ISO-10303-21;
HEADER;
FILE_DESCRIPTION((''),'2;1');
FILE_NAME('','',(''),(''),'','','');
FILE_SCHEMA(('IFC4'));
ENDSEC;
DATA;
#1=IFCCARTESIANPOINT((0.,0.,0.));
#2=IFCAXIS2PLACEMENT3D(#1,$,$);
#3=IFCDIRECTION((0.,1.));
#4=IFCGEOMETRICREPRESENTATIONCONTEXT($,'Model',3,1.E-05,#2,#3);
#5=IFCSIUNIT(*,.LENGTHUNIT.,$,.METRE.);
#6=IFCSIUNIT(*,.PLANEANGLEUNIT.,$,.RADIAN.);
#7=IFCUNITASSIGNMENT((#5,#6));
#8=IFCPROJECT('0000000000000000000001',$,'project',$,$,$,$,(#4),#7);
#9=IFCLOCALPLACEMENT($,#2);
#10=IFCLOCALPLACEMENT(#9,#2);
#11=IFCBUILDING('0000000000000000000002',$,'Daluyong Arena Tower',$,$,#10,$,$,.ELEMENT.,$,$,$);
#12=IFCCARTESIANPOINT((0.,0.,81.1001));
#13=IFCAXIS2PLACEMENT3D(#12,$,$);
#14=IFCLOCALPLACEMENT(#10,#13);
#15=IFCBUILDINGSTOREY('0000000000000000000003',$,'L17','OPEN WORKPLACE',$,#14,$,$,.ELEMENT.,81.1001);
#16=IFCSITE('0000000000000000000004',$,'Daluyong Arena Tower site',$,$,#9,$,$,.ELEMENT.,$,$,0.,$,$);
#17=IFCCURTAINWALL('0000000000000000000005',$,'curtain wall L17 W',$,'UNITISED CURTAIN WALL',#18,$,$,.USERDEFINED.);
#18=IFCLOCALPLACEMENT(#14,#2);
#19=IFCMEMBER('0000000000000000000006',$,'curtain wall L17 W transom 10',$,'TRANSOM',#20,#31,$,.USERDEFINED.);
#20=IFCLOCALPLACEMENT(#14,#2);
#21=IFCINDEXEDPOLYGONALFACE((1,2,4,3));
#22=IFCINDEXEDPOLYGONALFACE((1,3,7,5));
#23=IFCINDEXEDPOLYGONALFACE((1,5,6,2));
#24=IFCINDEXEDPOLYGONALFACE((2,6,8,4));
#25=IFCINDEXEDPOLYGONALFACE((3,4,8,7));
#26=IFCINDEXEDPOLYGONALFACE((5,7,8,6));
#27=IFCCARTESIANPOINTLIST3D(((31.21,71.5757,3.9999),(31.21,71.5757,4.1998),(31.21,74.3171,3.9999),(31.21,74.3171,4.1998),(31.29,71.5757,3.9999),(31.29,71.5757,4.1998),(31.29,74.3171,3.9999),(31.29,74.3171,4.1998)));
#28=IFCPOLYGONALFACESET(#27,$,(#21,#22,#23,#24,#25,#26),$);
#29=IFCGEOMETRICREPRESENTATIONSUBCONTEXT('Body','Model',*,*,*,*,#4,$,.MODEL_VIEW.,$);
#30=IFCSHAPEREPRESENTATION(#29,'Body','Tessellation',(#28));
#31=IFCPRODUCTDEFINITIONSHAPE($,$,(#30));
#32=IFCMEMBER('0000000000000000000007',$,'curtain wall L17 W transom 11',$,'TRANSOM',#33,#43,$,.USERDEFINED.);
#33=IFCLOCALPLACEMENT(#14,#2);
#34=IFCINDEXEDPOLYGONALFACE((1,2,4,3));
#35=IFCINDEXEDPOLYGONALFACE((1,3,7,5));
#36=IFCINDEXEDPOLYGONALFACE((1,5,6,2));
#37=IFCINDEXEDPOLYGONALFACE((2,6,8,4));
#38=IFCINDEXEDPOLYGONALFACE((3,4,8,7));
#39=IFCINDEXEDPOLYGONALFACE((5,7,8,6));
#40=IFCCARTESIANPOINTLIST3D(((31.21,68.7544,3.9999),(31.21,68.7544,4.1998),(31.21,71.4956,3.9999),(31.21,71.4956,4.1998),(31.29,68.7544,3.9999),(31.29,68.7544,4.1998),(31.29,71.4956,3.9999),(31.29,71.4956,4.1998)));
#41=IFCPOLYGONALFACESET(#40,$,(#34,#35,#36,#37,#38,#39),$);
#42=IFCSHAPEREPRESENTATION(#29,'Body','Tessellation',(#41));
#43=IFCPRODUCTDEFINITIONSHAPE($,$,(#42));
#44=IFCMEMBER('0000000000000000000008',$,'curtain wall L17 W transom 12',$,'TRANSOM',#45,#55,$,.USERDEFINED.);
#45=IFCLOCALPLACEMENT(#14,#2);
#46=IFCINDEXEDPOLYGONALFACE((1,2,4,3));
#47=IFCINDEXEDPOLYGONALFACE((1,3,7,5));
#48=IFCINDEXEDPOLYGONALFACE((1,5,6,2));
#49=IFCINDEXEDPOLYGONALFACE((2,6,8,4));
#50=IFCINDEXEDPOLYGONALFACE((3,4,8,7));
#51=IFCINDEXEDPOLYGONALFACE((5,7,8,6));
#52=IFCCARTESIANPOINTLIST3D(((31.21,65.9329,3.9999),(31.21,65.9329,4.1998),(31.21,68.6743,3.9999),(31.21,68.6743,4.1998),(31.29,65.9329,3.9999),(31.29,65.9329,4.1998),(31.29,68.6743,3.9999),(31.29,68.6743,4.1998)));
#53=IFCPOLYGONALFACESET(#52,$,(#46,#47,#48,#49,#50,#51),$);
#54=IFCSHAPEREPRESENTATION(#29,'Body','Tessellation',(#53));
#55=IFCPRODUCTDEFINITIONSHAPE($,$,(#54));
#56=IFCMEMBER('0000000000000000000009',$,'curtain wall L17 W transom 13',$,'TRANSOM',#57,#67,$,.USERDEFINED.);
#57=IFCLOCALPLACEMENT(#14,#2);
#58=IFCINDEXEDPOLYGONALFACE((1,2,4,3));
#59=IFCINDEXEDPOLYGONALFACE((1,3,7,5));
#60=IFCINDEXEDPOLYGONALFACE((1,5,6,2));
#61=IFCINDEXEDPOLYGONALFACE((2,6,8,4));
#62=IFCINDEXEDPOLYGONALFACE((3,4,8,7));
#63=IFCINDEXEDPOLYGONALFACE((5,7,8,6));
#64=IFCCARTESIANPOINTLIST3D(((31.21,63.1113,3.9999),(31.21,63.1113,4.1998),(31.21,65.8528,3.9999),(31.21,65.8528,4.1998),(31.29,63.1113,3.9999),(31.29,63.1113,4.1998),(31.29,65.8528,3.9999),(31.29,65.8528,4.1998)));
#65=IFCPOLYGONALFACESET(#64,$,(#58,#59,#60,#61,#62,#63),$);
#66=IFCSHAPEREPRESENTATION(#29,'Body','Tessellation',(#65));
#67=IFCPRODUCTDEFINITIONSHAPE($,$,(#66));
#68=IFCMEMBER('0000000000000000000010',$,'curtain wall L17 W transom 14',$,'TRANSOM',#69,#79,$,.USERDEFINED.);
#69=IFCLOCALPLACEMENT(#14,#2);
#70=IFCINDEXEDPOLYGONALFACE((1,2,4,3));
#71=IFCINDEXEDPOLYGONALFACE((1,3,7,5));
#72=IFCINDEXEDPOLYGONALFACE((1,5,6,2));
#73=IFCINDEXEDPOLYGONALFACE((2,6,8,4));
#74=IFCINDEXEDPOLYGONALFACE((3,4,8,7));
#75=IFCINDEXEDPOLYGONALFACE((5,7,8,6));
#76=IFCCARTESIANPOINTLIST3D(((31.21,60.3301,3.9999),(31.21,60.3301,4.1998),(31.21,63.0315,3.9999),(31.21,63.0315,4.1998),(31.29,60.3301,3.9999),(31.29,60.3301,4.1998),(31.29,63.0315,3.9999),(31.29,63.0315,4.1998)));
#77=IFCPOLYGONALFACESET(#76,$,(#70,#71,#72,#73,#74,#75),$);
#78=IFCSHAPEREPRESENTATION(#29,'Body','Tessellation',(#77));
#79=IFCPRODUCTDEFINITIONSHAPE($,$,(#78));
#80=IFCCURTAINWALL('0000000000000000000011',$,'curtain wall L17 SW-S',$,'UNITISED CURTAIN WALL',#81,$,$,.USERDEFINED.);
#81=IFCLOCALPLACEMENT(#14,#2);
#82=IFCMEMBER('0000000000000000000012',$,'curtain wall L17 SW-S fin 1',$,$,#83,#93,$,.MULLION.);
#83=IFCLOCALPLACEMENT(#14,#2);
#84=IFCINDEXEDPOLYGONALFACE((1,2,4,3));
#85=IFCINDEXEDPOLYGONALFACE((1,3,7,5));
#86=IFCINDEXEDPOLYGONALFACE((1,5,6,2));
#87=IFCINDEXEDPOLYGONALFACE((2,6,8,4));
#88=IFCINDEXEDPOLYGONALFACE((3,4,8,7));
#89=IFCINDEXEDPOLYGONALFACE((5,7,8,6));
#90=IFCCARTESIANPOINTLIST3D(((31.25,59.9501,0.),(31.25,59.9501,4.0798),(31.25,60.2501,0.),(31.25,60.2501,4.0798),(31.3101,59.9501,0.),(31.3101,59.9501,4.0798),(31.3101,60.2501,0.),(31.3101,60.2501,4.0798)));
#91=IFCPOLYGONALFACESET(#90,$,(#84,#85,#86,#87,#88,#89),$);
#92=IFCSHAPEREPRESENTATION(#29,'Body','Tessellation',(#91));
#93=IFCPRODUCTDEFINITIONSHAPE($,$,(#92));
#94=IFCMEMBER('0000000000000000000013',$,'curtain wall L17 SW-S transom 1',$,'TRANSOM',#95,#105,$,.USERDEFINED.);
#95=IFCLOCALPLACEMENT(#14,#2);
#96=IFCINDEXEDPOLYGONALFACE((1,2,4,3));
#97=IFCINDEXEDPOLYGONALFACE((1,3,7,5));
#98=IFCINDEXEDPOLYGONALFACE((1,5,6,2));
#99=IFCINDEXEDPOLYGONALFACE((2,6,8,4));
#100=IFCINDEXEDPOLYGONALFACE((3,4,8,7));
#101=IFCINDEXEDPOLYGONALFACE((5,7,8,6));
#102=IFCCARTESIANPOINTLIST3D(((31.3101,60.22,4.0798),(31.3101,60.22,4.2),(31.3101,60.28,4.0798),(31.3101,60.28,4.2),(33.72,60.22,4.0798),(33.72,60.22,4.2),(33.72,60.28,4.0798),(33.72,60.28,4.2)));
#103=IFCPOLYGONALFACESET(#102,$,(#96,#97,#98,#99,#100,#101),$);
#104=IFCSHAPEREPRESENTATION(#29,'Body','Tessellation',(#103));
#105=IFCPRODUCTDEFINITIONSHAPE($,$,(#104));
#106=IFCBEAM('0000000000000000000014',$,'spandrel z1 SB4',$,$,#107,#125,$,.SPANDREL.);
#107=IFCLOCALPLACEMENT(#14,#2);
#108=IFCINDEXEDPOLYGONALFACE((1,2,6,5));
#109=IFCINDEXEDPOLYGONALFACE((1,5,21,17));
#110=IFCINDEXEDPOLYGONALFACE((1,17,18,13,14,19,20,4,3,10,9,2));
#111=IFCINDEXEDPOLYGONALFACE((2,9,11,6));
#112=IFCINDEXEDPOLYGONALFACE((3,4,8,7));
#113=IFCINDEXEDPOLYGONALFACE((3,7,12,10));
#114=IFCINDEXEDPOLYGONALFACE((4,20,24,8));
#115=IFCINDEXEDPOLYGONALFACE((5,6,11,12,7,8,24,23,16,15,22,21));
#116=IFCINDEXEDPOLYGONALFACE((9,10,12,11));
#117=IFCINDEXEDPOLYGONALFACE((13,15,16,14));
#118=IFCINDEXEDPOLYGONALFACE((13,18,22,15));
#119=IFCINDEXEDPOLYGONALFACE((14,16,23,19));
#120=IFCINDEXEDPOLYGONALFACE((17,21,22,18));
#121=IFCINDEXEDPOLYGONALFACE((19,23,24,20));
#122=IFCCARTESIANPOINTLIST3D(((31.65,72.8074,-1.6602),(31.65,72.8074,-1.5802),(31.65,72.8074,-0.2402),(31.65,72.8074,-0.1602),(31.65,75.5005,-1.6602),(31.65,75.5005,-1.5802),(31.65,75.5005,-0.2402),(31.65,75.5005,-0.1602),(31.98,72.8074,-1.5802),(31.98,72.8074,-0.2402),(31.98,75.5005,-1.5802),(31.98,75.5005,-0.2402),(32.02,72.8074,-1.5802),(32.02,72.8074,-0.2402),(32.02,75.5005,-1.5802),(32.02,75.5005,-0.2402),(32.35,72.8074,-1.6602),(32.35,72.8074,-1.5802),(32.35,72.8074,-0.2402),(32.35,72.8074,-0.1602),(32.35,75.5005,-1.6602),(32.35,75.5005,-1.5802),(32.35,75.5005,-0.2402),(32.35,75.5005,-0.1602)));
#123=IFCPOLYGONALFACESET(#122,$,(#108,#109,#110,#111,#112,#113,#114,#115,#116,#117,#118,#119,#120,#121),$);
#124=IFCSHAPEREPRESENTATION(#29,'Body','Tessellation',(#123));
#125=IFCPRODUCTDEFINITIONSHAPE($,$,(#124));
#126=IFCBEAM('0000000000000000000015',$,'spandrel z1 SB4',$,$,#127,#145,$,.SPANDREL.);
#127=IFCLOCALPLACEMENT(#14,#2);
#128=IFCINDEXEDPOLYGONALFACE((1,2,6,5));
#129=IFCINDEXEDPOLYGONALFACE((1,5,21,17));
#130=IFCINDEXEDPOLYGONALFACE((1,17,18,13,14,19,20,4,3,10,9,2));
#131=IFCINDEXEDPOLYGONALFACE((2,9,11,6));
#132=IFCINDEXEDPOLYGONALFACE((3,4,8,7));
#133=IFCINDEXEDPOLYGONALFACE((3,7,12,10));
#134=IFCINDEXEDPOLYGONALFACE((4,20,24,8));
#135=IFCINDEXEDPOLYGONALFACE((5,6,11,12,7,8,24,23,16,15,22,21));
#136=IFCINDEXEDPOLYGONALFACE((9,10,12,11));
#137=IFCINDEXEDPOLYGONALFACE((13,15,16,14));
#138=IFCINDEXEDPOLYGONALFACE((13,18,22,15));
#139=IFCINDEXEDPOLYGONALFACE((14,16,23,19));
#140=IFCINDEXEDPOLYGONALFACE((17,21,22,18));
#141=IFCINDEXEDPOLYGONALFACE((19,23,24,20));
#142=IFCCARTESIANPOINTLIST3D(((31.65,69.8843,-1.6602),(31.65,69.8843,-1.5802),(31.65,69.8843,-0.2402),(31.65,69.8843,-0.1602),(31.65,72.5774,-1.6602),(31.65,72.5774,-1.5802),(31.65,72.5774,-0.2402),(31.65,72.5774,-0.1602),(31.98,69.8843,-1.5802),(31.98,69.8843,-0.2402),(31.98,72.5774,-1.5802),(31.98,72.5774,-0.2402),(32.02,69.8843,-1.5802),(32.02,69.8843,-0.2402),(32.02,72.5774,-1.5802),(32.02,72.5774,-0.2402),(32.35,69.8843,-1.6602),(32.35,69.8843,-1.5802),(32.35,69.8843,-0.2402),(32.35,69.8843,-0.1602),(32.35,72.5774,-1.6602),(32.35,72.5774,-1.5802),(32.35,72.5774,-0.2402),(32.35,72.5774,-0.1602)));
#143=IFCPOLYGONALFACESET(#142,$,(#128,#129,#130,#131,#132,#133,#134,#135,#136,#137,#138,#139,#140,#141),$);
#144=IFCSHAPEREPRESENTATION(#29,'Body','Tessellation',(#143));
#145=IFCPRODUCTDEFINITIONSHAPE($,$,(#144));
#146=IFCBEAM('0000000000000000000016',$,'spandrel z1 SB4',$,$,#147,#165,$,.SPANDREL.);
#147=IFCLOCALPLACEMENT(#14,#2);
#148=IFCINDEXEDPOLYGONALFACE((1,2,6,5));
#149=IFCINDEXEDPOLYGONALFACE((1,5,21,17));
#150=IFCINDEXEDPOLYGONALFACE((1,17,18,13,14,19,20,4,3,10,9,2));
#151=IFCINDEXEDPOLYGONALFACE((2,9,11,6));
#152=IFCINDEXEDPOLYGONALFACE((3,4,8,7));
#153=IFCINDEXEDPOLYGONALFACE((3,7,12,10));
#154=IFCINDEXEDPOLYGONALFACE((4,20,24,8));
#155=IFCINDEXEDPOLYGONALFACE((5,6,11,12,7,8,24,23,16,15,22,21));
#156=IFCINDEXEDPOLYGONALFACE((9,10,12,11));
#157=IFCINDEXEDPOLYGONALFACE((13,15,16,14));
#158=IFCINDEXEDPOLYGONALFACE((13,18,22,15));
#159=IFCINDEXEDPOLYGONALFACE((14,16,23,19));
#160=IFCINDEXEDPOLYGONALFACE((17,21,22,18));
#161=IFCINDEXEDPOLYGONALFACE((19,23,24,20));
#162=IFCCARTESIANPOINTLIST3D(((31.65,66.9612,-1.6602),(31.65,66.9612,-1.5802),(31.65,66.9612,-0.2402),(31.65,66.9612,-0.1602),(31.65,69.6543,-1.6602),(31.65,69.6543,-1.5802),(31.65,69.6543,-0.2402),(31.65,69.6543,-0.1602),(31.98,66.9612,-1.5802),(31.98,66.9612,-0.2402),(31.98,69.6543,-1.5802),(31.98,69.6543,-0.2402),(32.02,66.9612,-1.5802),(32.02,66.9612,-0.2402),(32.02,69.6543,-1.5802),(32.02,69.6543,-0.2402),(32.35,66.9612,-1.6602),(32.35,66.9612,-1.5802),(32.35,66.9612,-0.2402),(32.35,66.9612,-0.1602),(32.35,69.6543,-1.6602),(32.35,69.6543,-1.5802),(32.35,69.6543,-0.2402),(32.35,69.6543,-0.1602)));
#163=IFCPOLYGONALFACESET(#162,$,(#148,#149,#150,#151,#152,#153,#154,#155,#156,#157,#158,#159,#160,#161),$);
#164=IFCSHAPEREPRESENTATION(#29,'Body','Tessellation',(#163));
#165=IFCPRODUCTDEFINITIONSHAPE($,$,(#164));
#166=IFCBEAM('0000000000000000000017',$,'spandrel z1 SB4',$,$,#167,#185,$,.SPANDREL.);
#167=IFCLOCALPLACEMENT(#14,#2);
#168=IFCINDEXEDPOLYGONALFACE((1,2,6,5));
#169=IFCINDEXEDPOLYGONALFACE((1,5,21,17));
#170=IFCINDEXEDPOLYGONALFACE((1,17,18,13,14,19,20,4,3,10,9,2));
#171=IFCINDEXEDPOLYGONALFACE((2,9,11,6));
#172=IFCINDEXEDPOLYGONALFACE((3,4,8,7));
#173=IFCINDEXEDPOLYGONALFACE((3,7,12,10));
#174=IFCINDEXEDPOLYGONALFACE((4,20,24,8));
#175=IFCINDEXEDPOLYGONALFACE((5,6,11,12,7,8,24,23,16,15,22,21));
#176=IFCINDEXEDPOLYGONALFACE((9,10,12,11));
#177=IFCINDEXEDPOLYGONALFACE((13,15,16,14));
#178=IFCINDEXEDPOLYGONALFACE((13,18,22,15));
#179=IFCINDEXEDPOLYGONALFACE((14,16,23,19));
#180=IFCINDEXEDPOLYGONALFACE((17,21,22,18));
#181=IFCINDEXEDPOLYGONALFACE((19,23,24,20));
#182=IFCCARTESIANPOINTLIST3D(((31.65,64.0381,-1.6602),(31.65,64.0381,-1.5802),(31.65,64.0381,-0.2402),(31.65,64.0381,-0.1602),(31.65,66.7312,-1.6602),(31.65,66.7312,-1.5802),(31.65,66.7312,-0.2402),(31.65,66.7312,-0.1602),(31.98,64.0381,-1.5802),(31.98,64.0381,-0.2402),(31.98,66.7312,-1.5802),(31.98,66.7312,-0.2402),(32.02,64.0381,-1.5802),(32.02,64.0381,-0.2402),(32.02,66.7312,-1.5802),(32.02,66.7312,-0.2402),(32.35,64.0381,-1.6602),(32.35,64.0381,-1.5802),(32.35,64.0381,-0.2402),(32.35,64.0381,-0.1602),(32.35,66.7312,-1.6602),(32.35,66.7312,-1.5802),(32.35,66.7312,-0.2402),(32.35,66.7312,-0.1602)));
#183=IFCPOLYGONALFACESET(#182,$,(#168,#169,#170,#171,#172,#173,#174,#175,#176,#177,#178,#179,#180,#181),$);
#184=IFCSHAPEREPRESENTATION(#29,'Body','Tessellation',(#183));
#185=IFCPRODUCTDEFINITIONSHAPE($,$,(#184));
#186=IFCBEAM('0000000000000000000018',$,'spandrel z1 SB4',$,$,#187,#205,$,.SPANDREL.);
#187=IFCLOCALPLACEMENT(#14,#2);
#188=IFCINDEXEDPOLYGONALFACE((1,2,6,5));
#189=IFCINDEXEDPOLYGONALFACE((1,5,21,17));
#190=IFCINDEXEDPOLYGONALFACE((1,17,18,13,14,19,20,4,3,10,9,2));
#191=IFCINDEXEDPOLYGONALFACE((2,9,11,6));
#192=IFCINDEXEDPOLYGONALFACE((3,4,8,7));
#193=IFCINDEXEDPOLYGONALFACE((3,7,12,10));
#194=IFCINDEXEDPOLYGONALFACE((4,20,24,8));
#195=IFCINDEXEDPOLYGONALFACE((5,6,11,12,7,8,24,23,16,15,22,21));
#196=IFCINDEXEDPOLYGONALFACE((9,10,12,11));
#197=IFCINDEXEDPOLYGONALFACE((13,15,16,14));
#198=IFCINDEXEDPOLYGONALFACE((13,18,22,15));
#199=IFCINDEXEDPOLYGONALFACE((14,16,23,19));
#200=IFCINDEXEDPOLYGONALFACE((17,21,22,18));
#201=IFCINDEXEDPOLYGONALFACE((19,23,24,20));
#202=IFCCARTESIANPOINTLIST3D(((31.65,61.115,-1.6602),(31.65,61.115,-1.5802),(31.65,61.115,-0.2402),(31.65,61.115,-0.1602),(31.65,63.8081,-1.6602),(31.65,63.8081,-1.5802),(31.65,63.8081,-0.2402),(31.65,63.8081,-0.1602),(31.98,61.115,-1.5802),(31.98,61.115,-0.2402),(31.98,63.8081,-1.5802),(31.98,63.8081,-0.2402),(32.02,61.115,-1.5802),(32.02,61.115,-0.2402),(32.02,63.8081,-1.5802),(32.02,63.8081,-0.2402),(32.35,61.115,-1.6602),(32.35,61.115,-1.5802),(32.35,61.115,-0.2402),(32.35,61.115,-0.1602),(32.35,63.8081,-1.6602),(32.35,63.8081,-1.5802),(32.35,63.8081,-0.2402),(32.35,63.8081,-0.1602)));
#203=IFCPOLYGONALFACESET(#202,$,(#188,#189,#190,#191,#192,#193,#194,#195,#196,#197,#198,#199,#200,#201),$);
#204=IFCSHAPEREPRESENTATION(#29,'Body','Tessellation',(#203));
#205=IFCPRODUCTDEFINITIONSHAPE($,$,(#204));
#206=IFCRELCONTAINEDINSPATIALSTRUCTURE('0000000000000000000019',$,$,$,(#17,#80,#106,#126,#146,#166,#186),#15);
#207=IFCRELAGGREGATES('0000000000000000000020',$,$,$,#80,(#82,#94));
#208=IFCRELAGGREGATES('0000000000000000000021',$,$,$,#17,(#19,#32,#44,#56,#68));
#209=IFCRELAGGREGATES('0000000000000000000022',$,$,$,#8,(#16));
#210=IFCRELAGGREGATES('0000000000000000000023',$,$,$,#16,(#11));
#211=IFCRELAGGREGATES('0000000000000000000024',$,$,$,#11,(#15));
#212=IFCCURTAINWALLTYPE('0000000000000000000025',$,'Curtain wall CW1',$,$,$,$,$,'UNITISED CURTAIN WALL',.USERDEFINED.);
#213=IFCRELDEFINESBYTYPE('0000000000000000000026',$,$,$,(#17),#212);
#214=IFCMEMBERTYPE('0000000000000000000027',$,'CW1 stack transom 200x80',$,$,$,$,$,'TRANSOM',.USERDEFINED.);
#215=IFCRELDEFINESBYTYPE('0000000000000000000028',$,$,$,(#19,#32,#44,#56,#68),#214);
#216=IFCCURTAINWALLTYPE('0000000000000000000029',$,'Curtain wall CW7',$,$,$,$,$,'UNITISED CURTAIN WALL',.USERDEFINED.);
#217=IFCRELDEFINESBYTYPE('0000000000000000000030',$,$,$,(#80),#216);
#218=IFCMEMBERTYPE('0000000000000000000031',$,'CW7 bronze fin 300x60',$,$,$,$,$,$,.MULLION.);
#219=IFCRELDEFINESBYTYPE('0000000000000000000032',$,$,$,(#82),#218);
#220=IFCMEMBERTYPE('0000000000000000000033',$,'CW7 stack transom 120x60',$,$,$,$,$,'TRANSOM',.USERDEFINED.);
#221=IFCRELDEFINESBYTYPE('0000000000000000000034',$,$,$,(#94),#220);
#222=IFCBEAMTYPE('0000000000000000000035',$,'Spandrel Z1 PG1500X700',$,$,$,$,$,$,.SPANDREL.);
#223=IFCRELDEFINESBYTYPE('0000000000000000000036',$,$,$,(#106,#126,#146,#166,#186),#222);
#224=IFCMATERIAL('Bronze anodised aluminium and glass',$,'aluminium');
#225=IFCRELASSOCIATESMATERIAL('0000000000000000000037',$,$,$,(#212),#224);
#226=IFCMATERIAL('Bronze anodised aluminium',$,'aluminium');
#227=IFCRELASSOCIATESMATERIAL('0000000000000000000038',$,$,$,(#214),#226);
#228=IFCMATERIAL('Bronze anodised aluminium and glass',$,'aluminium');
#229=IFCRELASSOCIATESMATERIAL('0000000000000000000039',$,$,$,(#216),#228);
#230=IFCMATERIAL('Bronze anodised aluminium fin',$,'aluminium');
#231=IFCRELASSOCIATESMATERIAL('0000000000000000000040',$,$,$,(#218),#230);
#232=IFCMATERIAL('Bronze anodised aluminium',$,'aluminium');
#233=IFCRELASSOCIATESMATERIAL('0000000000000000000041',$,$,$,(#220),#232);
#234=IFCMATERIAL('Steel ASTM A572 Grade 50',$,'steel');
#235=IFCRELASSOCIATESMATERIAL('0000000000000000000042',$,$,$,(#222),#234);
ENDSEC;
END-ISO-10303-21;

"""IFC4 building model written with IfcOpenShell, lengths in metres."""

from ifc_helpers import new_model, si_unit, direction, frame, origin, origin_2d, place, context, subcontext, project, spatial, rectangle, i_section, extrude, material, material_profile, profile_set, type_object, element, aggregate, save


model = new_model("IFC4")

# Units and contexts
model_context = context("Model", 3, precision=1e-05, world=origin(), true_north=direction((0.0, 1.0)))
body_context = subcontext(model_context, "Body", "Model", "MODEL_VIEW")
ifc_project = project(units=[si_unit("LENGTHUNIT", "METRE"), si_unit("PLANEANGLEUNIT", "RADIAN")], contexts=[model_context])

# Site, building, storey
site_placement = place(None, origin())
site = spatial("IfcSite", under=ifc_project, at=site_placement, Name="Daluyong Arena Tower site", CompositionType="ELEMENT", RefElevation=0.0)
building_placement = place(site_placement, origin())
building = spatial("IfcBuilding", under=site, at=building_placement, Name="Daluyong Arena Tower", CompositionType="ELEMENT")
storey_placement = place(building_placement, frame((0.0, 0.0, 81.1001)))
storey = spatial("IfcBuildingStorey", under=building, at=storey_placement, Name="L17", Description="OPEN WORKPLACE", CompositionType="ELEMENT", Elevation=81.1001)

# Curtain walls, members
ifc_material_1 = material(Name="Bronze anodised aluminium and glass", Category="aluminium")
curtain_wall_type_1 = type_object("IfcCurtainWallType", Name="Curtain wall CW1", ElementType="UNITISED CURTAIN WALL", PredefinedType="USERDEFINED", material=ifc_material_1)
curtain_wall_1_placement = place(storey_placement, origin())
curtain_wall_1 = element("IfcCurtainWall", 1, at=curtain_wall_1_placement, inside=storey, type_object=curtain_wall_type_1, Name="curtain wall L17 W", ObjectType="UNITISED CURTAIN WALL", PredefinedType="USERDEFINED")
ifc_material_2 = material(Name="Bronze anodised aluminium", Category="aluminium")
ifc_material_profile_1 = material_profile(ifc_material_2, rectangle(XDim=0.0801, YDim=0.2, at=origin_2d()))
ifc_profile_set_1 = profile_set([ifc_material_profile_1], Name="Bronze anodised aluminium")
member_type_1 = type_object("IfcMemberType", Name="CW1 stack transom 200x80", ElementType="TRANSOM", PredefinedType="USERDEFINED", material=ifc_profile_set_1)
member_1_placement = place(storey_placement, frame((31.25, 74.3171, 4.0999), z_axis=(0.0, -1.0, 0.0), x_axis=(1.0, 0.0, 0.0)))
member_1 = element("IfcMember", 2, at=member_1_placement, type_object=member_type_1, Name="curtain wall L17 W transom 10", ObjectType="TRANSOM", PredefinedType="USERDEFINED", context=body_context, shape_type="SweptSolid", body=[
    extrude(rectangle(XDim=0.0801, YDim=0.2, at=origin_2d()), origin(), (0.0, 0.0, 1.0), 2.7415),
])
member_2_placement = place(storey_placement, frame((31.25, 71.4956, 4.0999), z_axis=(0.0, -1.0, 0.0), x_axis=(1.0, 0.0, 0.0)))
member_2 = element("IfcMember", 3, at=member_2_placement, type_object=member_type_1, Name="curtain wall L17 W transom 11", ObjectType="TRANSOM", PredefinedType="USERDEFINED", context=body_context, shape_type="SweptSolid", body=[
    extrude(rectangle(XDim=0.0801, YDim=0.2, at=origin_2d()), origin(), (0.0, 0.0, 1.0), 2.7412),
])
member_3_placement = place(storey_placement, frame((31.25, 68.6743, 4.0999), z_axis=(0.0, -1.0, 0.0), x_axis=(1.0, 0.0, 0.0)))
member_3 = element("IfcMember", 4, at=member_3_placement, type_object=member_type_1, Name="curtain wall L17 W transom 12", ObjectType="TRANSOM", PredefinedType="USERDEFINED", context=body_context, shape_type="SweptSolid", body=[
    extrude(rectangle(XDim=0.0801, YDim=0.2, at=origin_2d()), origin(), (0.0, 0.0, 1.0), 2.7415),
])
member_4_placement = place(storey_placement, frame((31.25, 65.8528, 4.0999), z_axis=(0.0, -1.0, 0.0), x_axis=(1.0, 0.0, 0.0)))
member_4 = element("IfcMember", 5, at=member_4_placement, type_object=member_type_1, Name="curtain wall L17 W transom 13", ObjectType="TRANSOM", PredefinedType="USERDEFINED", context=body_context, shape_type="SweptSolid", body=[
    extrude(rectangle(XDim=0.0801, YDim=0.2, at=origin_2d()), origin(), (0.0, 0.0, 1.0), 2.7415),
])
member_5_placement = place(storey_placement, frame((31.25, 63.0315, 4.0999), z_axis=(0.0, -1.0, 0.0), x_axis=(1.0, 0.0, 0.0)))
member_5 = element("IfcMember", 6, at=member_5_placement, type_object=member_type_1, Name="curtain wall L17 W transom 14", ObjectType="TRANSOM", PredefinedType="USERDEFINED", context=body_context, shape_type="SweptSolid", body=[
    extrude(rectangle(XDim=0.0801, YDim=0.2, at=origin_2d()), origin(), (0.0, 0.0, 1.0), 2.7014),
])
ifc_material_3 = material(Name="Bronze anodised aluminium and glass", Category="aluminium")
curtain_wall_type_2 = type_object("IfcCurtainWallType", Name="Curtain wall CW7", ElementType="UNITISED CURTAIN WALL", PredefinedType="USERDEFINED", material=ifc_material_3)
curtain_wall_2_placement = place(storey_placement, origin())
curtain_wall_2 = element("IfcCurtainWall", 7, at=curtain_wall_2_placement, inside=storey, type_object=curtain_wall_type_2, Name="curtain wall L17 SW-S", ObjectType="UNITISED CURTAIN WALL", PredefinedType="USERDEFINED")
ifc_material_4 = material(Name="Bronze anodised aluminium fin", Category="aluminium")
ifc_material_profile_2 = material_profile(ifc_material_4, rectangle(XDim=0.3, YDim=0.0601, at=origin_2d()))
ifc_profile_set_2 = profile_set([ifc_material_profile_2], Name="Bronze anodised aluminium fin")
member_type_2 = type_object("IfcMemberType", Name="CW7 bronze fin 300x60", PredefinedType="MULLION", material=ifc_profile_set_2)
member_6_placement = place(storey_placement, frame((31.28, 60.1001, 0.0), z_axis=(0.0, 0.0, 1.0), x_axis=(0.0, 1.0, 0.0)))
member_6 = element("IfcMember", 8, at=member_6_placement, type_object=member_type_2, Name="curtain wall L17 SW-S fin 1", PredefinedType="MULLION", context=body_context, shape_type="SweptSolid", body=[
    extrude(rectangle(XDim=0.3, YDim=0.0601, at=origin_2d()), origin(), (0.0, 0.0, 1.0), 4.0798),
])
ifc_material_5 = material(Name="Bronze anodised aluminium", Category="aluminium")
ifc_material_profile_3 = material_profile(ifc_material_5, rectangle(XDim=0.0601, YDim=0.1201, at=origin_2d()))
ifc_profile_set_3 = profile_set([ifc_material_profile_3], Name="Bronze anodised aluminium")
member_type_3 = type_object("IfcMemberType", Name="CW7 stack transom 120x60", ElementType="TRANSOM", PredefinedType="USERDEFINED", material=ifc_profile_set_3)
member_7_placement = place(storey_placement, frame((31.3101, 60.25, 4.1399), z_axis=(1.0, 0.0, 0.0), x_axis=(0.0, 1.0, 0.0)))
member_7 = element("IfcMember", 9, at=member_7_placement, type_object=member_type_3, Name="curtain wall L17 SW-S transom 1", ObjectType="TRANSOM", PredefinedType="USERDEFINED", context=body_context, shape_type="SweptSolid", body=[
    extrude(rectangle(XDim=0.0601, YDim=0.1201, at=origin_2d()), origin(), (0.0, 0.0, 1.0), 2.4099),
])
aggregate(curtain_wall_2, [member_6, member_7])

# Beams
ifc_material_6 = material(Name="Steel ASTM A572 Grade 50", Category="steel")
ifc_material_profile_4 = material_profile(ifc_material_6, i_section(OverallWidth=0.7, OverallDepth=1.5, WebThickness=0.04, FlangeThickness=0.08, at=origin_2d()))
ifc_profile_set_4 = profile_set([ifc_material_profile_4], Name="Steel ASTM A572 Grade 50")
beam_type = type_object("IfcBeamType", Name="Spandrel Z1 PG1500X700", PredefinedType="SPANDREL", material=ifc_profile_set_4)
for number, where, z_axis, x_axis, name in (
    (10, (32.0, 75.5005, -0.9102), (0.0, -1.0, 0.0), (1.0, 0.0, 0.0), "spandrel z1 SB4"),
    (11, (32.0, 72.5774, -0.9102), (0.0, -1.0, 0.0), (1.0, 0.0, 0.0), "spandrel z1 SB4"),
    (12, (32.0, 69.6543, -0.9102), (0.0, -1.0, 0.0), (1.0, 0.0, 0.0), "spandrel z1 SB4"),
    (13, (32.0, 66.7312, -0.9102), (0.0, -1.0, 0.0), (1.0, 0.0, 0.0), "spandrel z1 SB4"),
    (14, (32.0, 63.8081, -0.9102), (0.0, -1.0, 0.0), (1.0, 0.0, 0.0), "spandrel z1 SB4"),
):
    element("IfcBeam", number, at=place(storey_placement, frame(where, z_axis=z_axis, x_axis=x_axis)), inside=storey, type_object=beam_type, Name=name, PredefinedType="SPANDREL", context=body_context, shape_type="SweptSolid", body=[
        extrude(i_section(OverallWidth=0.7, OverallDepth=1.5, WebThickness=0.04, FlangeThickness=0.08, at=origin_2d()), origin(), (0.0, 0.0, 1.0), 2.6931),
    ])

aggregate(curtain_wall_1, [member_1, member_2, member_3, member_4, member_5])

save(model, "model.ifc")
